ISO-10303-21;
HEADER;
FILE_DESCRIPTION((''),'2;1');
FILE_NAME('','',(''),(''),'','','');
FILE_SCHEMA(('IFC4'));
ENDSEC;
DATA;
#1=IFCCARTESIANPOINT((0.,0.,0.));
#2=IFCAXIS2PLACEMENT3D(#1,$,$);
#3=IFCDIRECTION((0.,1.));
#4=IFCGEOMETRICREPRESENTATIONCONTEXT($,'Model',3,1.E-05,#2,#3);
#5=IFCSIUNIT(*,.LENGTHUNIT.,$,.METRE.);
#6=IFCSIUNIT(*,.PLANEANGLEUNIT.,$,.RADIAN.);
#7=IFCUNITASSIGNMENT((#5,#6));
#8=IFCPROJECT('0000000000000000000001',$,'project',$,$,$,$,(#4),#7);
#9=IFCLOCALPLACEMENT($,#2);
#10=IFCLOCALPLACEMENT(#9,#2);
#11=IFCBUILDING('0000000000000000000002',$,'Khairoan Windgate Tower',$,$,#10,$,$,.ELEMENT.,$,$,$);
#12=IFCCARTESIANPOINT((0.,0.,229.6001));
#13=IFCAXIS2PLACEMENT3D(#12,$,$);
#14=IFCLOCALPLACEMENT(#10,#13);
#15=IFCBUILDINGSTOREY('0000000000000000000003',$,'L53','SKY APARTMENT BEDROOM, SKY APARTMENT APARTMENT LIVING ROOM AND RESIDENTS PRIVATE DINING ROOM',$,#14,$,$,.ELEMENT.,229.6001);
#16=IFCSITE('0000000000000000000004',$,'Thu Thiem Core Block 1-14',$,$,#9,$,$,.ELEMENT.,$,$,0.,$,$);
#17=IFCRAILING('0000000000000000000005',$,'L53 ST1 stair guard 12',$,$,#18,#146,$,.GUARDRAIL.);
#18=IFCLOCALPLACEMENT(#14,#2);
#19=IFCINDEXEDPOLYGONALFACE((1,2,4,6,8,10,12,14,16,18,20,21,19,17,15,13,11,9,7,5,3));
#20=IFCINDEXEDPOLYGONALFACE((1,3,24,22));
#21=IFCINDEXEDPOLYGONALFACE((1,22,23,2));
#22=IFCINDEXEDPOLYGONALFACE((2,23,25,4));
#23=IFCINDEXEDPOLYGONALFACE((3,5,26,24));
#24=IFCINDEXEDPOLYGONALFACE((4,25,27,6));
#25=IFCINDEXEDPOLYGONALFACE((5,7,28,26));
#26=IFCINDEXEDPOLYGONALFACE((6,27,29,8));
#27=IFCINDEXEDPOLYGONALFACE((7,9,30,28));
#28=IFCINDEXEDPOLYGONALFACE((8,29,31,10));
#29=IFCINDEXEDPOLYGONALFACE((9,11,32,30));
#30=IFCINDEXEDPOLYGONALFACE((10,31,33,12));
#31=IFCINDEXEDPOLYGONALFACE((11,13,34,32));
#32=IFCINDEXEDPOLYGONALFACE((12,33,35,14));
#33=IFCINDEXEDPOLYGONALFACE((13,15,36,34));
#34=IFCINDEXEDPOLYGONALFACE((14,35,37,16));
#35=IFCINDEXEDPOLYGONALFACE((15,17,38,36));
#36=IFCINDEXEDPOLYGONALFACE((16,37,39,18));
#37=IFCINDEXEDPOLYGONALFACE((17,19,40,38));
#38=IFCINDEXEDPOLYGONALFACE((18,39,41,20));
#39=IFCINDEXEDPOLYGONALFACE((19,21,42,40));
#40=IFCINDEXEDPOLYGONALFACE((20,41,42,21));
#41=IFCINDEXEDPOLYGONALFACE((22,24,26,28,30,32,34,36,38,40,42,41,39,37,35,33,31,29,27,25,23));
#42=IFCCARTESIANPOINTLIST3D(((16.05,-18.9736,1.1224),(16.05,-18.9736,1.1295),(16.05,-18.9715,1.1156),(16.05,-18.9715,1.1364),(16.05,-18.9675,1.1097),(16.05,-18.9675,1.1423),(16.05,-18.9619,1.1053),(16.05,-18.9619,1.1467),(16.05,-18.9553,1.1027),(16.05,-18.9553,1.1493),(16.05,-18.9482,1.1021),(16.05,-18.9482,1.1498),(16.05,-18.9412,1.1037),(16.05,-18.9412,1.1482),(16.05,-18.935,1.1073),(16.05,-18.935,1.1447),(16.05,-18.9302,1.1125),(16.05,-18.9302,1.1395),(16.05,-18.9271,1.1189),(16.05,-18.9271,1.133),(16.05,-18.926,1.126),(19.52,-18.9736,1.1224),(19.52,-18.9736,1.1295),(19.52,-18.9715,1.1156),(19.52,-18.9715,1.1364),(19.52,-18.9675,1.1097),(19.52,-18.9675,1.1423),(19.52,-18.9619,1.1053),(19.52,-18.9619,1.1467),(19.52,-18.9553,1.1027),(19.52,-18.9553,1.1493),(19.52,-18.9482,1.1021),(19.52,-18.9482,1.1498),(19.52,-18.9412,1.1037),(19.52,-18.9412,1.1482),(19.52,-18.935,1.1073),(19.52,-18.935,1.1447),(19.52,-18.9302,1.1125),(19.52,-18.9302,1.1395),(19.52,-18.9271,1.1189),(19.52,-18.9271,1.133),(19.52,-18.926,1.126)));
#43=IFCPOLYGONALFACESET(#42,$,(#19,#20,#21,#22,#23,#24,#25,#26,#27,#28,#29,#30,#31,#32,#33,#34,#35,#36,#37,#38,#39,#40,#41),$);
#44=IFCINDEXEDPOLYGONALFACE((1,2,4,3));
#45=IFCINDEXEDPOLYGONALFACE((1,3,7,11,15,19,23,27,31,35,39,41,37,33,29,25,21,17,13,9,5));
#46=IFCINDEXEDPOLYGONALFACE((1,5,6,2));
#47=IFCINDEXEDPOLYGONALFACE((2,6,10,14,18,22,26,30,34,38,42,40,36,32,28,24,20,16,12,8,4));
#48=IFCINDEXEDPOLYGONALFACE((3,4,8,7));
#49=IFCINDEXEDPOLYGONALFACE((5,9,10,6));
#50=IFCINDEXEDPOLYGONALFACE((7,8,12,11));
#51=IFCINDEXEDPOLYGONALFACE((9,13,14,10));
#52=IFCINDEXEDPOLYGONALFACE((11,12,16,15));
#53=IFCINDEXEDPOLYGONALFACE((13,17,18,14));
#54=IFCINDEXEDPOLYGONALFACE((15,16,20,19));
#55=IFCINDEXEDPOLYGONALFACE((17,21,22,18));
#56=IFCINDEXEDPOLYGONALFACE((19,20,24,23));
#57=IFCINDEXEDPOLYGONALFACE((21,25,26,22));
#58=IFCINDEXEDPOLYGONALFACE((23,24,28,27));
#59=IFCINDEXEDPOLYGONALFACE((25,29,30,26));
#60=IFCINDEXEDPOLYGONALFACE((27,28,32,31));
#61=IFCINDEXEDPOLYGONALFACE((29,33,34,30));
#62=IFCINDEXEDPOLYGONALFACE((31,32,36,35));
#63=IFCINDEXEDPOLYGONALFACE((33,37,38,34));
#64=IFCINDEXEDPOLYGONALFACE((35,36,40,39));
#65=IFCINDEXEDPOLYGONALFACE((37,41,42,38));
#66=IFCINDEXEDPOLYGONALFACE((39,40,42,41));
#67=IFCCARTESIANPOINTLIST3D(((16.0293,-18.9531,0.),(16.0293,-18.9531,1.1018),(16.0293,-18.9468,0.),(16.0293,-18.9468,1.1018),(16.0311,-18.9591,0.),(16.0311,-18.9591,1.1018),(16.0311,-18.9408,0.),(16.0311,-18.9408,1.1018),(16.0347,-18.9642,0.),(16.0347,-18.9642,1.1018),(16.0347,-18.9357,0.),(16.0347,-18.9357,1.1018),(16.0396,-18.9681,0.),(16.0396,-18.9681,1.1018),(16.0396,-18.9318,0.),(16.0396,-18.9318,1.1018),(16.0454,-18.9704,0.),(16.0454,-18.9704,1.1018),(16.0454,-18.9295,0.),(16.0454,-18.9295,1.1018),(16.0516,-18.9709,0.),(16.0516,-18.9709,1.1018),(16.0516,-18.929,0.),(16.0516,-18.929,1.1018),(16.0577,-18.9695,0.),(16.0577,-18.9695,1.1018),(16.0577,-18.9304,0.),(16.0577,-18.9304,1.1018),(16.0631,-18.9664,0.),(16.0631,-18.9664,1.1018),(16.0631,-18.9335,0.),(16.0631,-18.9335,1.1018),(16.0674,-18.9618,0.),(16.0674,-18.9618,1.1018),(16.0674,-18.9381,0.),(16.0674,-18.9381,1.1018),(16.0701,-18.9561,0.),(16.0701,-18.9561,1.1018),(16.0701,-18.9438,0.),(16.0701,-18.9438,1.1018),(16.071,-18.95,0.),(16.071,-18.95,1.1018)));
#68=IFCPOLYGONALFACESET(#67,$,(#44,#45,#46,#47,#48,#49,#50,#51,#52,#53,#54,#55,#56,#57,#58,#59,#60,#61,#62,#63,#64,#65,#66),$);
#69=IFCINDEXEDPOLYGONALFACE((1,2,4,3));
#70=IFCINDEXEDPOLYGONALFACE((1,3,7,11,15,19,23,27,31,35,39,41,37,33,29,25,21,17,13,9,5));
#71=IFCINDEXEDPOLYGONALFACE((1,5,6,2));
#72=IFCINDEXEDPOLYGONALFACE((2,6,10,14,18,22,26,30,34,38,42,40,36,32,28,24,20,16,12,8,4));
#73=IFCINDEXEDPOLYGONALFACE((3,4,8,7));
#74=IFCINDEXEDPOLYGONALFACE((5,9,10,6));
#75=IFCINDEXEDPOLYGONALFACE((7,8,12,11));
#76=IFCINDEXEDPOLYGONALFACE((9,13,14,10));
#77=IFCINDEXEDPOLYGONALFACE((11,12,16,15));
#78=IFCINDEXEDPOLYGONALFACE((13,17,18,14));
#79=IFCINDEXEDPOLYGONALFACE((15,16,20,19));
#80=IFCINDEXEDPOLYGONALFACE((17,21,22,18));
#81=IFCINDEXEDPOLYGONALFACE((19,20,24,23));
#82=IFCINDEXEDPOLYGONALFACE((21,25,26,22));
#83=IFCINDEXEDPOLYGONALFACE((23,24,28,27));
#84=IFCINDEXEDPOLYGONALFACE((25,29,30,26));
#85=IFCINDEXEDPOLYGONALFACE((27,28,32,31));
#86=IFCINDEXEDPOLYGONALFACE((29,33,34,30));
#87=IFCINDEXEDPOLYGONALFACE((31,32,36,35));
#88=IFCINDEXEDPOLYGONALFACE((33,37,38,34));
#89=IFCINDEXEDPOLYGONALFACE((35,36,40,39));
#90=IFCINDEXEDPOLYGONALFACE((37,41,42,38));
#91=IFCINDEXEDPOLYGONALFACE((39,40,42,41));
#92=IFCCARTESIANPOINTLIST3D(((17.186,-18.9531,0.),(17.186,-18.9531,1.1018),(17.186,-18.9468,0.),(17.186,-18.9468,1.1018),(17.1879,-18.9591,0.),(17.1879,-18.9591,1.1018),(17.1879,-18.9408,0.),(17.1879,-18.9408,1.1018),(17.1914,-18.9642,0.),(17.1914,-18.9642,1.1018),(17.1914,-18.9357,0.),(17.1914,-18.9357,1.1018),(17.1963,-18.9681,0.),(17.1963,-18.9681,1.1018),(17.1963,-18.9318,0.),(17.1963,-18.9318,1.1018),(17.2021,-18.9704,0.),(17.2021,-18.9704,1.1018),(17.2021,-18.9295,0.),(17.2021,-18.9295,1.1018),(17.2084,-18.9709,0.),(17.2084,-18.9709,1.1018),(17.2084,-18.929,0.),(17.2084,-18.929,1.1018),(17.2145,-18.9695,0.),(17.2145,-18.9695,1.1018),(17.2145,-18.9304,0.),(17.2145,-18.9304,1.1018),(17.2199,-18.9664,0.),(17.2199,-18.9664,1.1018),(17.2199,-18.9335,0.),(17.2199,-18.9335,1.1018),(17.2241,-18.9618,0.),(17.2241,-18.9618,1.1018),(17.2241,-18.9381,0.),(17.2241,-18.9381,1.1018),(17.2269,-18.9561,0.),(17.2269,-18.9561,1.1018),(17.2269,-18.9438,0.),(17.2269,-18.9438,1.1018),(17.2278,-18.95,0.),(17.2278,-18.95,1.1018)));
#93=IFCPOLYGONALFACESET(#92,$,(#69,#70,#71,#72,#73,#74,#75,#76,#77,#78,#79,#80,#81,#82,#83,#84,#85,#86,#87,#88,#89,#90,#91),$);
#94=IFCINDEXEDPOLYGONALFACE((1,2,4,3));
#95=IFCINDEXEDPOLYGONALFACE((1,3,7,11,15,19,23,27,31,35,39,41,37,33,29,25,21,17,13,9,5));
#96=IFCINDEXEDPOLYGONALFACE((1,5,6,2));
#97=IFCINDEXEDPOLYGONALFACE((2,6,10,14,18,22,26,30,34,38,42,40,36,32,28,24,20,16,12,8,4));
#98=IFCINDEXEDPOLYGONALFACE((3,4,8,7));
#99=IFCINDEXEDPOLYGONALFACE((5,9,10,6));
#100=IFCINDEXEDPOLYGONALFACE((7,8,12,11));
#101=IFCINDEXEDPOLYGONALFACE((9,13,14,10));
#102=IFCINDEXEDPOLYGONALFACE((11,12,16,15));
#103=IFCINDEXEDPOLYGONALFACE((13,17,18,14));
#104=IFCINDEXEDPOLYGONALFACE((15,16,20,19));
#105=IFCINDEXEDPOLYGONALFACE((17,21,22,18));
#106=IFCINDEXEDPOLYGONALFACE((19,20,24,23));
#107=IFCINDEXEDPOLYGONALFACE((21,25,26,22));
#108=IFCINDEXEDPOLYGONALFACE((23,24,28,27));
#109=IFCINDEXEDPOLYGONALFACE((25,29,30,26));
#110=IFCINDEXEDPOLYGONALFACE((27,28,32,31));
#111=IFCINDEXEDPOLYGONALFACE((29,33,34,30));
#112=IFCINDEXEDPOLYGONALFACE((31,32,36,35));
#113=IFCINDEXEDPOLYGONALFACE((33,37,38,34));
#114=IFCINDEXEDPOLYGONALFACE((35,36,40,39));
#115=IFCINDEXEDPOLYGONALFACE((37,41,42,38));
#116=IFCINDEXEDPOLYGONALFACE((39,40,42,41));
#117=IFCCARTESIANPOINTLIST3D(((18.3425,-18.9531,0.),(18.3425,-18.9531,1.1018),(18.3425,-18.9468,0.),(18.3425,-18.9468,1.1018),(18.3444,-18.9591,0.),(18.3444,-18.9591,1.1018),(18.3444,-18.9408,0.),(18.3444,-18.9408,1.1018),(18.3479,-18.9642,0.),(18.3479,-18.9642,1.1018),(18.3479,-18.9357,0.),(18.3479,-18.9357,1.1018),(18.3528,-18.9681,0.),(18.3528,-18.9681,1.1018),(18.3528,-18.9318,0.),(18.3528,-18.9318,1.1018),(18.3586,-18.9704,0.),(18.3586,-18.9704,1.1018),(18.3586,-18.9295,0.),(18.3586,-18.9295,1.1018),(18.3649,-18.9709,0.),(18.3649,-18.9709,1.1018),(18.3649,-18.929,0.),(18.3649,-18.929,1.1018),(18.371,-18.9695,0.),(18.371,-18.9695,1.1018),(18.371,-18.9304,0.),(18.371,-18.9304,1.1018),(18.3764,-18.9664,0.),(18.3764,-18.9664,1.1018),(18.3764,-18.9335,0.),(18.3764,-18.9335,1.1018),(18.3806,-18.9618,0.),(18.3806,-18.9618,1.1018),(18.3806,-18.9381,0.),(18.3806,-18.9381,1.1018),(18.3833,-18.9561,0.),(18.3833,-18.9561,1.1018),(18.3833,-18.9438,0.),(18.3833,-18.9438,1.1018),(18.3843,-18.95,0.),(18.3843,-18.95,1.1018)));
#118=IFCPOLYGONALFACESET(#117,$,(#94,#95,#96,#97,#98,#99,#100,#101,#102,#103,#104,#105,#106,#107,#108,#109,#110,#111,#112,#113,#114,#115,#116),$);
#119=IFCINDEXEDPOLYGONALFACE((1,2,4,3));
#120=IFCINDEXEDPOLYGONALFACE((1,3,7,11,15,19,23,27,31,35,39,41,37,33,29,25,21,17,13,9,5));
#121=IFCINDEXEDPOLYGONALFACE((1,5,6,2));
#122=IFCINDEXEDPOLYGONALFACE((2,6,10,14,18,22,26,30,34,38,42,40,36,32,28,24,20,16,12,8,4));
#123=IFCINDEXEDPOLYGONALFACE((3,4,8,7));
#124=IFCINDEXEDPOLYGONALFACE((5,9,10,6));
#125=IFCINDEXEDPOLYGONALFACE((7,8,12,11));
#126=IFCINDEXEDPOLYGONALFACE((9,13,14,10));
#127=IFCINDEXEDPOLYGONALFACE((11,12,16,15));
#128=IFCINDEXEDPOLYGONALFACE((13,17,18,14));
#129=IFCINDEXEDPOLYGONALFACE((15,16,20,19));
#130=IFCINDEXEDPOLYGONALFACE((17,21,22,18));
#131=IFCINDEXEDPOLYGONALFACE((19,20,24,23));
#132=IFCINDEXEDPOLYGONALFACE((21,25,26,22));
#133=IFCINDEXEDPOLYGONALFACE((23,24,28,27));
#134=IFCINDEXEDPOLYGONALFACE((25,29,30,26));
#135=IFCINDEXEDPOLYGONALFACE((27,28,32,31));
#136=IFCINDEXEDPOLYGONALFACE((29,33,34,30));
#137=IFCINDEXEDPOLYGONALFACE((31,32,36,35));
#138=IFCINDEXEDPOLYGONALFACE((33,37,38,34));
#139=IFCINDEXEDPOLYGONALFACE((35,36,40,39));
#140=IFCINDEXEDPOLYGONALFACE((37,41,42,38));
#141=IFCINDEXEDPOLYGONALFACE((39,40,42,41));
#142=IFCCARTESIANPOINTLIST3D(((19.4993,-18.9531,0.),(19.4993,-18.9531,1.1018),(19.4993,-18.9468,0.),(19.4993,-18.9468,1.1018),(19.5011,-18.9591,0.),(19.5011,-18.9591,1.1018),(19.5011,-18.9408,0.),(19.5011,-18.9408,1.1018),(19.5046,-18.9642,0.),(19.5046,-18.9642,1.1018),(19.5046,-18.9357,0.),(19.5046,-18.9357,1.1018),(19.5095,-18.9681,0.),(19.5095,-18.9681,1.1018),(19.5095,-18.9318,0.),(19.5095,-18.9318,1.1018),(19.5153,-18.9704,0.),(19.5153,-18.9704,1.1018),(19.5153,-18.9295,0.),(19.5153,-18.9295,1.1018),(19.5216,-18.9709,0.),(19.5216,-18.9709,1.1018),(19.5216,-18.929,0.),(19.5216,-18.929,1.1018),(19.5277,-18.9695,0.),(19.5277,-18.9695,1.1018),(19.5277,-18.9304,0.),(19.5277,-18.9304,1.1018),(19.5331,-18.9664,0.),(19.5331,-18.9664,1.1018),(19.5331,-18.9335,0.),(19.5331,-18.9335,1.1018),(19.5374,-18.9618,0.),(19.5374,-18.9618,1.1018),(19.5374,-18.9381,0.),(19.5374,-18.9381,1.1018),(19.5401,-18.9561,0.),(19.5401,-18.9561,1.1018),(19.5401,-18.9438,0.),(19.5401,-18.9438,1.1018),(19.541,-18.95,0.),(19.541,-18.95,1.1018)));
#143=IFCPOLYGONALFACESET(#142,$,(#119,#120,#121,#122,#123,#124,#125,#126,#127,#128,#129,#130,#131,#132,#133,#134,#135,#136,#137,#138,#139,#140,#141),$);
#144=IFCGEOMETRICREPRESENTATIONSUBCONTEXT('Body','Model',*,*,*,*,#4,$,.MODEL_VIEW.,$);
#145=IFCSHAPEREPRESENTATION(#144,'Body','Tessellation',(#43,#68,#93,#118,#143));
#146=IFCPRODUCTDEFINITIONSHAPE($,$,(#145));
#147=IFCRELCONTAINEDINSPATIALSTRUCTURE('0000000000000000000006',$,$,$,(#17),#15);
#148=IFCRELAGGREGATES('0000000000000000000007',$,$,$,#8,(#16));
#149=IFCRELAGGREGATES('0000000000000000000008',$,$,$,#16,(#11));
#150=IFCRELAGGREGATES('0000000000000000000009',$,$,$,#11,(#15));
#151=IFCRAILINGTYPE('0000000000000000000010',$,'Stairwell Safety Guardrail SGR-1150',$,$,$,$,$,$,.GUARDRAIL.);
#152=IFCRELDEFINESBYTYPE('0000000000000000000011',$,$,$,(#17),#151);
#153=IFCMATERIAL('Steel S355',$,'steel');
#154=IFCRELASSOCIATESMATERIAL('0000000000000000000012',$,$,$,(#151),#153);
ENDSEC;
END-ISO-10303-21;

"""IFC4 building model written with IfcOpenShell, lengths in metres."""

from ifc_helpers import new_model, si_unit, direction, frame, origin, origin_2d, place, context, subcontext, project, spatial, circle, extrude, material, type_object, element, save


model = new_model("IFC4")

# Units and contexts
model_context = context("Model", 3, precision=1e-05, world=origin(), true_north=direction((0.0, 1.0)))
body_context = subcontext(model_context, "Body", "Model", "MODEL_VIEW")
ifc_project = project(units=[si_unit("LENGTHUNIT", "METRE"), si_unit("PLANEANGLEUNIT", "RADIAN")], contexts=[model_context])

# Site, building, storey
site_placement = place(None, origin())
site = spatial("IfcSite", under=ifc_project, at=site_placement, Name="Thu Thiem Core Block 1-14", CompositionType="ELEMENT", RefElevation=0.0)
building_placement = place(site_placement, origin())
building = spatial("IfcBuilding", under=site, at=building_placement, Name="Khairoan Windgate Tower", CompositionType="ELEMENT")
storey_placement = place(building_placement, frame((0.0, 0.0, 229.6001)))
storey = spatial("IfcBuildingStorey", under=building, at=storey_placement, Name="L53", Description="SKY APARTMENT BEDROOM, SKY APARTMENT APARTMENT LIVING ROOM AND RESIDENTS PRIVATE DINING ROOM", CompositionType="ELEMENT", Elevation=229.6001)

# Railing
ifc_material_1 = material(Name="Steel S355", Category="steel")
railing_type = type_object("IfcRailingType", Name="Stairwell Safety Guardrail SGR-1150", PredefinedType="GUARDRAIL", material=ifc_material_1)
railing_1_placement = place(storey_placement, frame((16.05, -18.95, 0.0)))
element("IfcRailing", 1, at=railing_1_placement, inside=storey, type_object=railing_type, Name="L53 ST1 stair guard 12", PredefinedType="GUARDRAIL", context=body_context, shape_type="SweptSolid", body=[
    extrude(circle(Radius=0.0239, at=origin_2d()), frame((0.0, 0.0, 1.126), z_axis=(1.0, 0.0, 0.0), x_axis=(0.0, 1.0, 0.0)), (0.0, 0.0, 1.0), 3.47),
    extrude(circle(Radius=0.021, at=origin_2d()), origin(), (0.0, 0.0, 1.0), 1.1018),
    extrude(circle(Radius=0.021, at=origin_2d()), frame((1.1567, 0.0, 0.0)), (0.0, 0.0, 1.0), 1.1018),
    extrude(circle(Radius=0.021, at=origin_2d()), frame((2.3132, 0.0, 0.0)), (0.0, 0.0, 1.0), 1.1018),
    extrude(circle(Radius=0.021, at=origin_2d()), frame((3.47, 0.0, 0.0)), (0.0, 0.0, 1.0), 1.1018),
])

save(model, "model.ifc")
